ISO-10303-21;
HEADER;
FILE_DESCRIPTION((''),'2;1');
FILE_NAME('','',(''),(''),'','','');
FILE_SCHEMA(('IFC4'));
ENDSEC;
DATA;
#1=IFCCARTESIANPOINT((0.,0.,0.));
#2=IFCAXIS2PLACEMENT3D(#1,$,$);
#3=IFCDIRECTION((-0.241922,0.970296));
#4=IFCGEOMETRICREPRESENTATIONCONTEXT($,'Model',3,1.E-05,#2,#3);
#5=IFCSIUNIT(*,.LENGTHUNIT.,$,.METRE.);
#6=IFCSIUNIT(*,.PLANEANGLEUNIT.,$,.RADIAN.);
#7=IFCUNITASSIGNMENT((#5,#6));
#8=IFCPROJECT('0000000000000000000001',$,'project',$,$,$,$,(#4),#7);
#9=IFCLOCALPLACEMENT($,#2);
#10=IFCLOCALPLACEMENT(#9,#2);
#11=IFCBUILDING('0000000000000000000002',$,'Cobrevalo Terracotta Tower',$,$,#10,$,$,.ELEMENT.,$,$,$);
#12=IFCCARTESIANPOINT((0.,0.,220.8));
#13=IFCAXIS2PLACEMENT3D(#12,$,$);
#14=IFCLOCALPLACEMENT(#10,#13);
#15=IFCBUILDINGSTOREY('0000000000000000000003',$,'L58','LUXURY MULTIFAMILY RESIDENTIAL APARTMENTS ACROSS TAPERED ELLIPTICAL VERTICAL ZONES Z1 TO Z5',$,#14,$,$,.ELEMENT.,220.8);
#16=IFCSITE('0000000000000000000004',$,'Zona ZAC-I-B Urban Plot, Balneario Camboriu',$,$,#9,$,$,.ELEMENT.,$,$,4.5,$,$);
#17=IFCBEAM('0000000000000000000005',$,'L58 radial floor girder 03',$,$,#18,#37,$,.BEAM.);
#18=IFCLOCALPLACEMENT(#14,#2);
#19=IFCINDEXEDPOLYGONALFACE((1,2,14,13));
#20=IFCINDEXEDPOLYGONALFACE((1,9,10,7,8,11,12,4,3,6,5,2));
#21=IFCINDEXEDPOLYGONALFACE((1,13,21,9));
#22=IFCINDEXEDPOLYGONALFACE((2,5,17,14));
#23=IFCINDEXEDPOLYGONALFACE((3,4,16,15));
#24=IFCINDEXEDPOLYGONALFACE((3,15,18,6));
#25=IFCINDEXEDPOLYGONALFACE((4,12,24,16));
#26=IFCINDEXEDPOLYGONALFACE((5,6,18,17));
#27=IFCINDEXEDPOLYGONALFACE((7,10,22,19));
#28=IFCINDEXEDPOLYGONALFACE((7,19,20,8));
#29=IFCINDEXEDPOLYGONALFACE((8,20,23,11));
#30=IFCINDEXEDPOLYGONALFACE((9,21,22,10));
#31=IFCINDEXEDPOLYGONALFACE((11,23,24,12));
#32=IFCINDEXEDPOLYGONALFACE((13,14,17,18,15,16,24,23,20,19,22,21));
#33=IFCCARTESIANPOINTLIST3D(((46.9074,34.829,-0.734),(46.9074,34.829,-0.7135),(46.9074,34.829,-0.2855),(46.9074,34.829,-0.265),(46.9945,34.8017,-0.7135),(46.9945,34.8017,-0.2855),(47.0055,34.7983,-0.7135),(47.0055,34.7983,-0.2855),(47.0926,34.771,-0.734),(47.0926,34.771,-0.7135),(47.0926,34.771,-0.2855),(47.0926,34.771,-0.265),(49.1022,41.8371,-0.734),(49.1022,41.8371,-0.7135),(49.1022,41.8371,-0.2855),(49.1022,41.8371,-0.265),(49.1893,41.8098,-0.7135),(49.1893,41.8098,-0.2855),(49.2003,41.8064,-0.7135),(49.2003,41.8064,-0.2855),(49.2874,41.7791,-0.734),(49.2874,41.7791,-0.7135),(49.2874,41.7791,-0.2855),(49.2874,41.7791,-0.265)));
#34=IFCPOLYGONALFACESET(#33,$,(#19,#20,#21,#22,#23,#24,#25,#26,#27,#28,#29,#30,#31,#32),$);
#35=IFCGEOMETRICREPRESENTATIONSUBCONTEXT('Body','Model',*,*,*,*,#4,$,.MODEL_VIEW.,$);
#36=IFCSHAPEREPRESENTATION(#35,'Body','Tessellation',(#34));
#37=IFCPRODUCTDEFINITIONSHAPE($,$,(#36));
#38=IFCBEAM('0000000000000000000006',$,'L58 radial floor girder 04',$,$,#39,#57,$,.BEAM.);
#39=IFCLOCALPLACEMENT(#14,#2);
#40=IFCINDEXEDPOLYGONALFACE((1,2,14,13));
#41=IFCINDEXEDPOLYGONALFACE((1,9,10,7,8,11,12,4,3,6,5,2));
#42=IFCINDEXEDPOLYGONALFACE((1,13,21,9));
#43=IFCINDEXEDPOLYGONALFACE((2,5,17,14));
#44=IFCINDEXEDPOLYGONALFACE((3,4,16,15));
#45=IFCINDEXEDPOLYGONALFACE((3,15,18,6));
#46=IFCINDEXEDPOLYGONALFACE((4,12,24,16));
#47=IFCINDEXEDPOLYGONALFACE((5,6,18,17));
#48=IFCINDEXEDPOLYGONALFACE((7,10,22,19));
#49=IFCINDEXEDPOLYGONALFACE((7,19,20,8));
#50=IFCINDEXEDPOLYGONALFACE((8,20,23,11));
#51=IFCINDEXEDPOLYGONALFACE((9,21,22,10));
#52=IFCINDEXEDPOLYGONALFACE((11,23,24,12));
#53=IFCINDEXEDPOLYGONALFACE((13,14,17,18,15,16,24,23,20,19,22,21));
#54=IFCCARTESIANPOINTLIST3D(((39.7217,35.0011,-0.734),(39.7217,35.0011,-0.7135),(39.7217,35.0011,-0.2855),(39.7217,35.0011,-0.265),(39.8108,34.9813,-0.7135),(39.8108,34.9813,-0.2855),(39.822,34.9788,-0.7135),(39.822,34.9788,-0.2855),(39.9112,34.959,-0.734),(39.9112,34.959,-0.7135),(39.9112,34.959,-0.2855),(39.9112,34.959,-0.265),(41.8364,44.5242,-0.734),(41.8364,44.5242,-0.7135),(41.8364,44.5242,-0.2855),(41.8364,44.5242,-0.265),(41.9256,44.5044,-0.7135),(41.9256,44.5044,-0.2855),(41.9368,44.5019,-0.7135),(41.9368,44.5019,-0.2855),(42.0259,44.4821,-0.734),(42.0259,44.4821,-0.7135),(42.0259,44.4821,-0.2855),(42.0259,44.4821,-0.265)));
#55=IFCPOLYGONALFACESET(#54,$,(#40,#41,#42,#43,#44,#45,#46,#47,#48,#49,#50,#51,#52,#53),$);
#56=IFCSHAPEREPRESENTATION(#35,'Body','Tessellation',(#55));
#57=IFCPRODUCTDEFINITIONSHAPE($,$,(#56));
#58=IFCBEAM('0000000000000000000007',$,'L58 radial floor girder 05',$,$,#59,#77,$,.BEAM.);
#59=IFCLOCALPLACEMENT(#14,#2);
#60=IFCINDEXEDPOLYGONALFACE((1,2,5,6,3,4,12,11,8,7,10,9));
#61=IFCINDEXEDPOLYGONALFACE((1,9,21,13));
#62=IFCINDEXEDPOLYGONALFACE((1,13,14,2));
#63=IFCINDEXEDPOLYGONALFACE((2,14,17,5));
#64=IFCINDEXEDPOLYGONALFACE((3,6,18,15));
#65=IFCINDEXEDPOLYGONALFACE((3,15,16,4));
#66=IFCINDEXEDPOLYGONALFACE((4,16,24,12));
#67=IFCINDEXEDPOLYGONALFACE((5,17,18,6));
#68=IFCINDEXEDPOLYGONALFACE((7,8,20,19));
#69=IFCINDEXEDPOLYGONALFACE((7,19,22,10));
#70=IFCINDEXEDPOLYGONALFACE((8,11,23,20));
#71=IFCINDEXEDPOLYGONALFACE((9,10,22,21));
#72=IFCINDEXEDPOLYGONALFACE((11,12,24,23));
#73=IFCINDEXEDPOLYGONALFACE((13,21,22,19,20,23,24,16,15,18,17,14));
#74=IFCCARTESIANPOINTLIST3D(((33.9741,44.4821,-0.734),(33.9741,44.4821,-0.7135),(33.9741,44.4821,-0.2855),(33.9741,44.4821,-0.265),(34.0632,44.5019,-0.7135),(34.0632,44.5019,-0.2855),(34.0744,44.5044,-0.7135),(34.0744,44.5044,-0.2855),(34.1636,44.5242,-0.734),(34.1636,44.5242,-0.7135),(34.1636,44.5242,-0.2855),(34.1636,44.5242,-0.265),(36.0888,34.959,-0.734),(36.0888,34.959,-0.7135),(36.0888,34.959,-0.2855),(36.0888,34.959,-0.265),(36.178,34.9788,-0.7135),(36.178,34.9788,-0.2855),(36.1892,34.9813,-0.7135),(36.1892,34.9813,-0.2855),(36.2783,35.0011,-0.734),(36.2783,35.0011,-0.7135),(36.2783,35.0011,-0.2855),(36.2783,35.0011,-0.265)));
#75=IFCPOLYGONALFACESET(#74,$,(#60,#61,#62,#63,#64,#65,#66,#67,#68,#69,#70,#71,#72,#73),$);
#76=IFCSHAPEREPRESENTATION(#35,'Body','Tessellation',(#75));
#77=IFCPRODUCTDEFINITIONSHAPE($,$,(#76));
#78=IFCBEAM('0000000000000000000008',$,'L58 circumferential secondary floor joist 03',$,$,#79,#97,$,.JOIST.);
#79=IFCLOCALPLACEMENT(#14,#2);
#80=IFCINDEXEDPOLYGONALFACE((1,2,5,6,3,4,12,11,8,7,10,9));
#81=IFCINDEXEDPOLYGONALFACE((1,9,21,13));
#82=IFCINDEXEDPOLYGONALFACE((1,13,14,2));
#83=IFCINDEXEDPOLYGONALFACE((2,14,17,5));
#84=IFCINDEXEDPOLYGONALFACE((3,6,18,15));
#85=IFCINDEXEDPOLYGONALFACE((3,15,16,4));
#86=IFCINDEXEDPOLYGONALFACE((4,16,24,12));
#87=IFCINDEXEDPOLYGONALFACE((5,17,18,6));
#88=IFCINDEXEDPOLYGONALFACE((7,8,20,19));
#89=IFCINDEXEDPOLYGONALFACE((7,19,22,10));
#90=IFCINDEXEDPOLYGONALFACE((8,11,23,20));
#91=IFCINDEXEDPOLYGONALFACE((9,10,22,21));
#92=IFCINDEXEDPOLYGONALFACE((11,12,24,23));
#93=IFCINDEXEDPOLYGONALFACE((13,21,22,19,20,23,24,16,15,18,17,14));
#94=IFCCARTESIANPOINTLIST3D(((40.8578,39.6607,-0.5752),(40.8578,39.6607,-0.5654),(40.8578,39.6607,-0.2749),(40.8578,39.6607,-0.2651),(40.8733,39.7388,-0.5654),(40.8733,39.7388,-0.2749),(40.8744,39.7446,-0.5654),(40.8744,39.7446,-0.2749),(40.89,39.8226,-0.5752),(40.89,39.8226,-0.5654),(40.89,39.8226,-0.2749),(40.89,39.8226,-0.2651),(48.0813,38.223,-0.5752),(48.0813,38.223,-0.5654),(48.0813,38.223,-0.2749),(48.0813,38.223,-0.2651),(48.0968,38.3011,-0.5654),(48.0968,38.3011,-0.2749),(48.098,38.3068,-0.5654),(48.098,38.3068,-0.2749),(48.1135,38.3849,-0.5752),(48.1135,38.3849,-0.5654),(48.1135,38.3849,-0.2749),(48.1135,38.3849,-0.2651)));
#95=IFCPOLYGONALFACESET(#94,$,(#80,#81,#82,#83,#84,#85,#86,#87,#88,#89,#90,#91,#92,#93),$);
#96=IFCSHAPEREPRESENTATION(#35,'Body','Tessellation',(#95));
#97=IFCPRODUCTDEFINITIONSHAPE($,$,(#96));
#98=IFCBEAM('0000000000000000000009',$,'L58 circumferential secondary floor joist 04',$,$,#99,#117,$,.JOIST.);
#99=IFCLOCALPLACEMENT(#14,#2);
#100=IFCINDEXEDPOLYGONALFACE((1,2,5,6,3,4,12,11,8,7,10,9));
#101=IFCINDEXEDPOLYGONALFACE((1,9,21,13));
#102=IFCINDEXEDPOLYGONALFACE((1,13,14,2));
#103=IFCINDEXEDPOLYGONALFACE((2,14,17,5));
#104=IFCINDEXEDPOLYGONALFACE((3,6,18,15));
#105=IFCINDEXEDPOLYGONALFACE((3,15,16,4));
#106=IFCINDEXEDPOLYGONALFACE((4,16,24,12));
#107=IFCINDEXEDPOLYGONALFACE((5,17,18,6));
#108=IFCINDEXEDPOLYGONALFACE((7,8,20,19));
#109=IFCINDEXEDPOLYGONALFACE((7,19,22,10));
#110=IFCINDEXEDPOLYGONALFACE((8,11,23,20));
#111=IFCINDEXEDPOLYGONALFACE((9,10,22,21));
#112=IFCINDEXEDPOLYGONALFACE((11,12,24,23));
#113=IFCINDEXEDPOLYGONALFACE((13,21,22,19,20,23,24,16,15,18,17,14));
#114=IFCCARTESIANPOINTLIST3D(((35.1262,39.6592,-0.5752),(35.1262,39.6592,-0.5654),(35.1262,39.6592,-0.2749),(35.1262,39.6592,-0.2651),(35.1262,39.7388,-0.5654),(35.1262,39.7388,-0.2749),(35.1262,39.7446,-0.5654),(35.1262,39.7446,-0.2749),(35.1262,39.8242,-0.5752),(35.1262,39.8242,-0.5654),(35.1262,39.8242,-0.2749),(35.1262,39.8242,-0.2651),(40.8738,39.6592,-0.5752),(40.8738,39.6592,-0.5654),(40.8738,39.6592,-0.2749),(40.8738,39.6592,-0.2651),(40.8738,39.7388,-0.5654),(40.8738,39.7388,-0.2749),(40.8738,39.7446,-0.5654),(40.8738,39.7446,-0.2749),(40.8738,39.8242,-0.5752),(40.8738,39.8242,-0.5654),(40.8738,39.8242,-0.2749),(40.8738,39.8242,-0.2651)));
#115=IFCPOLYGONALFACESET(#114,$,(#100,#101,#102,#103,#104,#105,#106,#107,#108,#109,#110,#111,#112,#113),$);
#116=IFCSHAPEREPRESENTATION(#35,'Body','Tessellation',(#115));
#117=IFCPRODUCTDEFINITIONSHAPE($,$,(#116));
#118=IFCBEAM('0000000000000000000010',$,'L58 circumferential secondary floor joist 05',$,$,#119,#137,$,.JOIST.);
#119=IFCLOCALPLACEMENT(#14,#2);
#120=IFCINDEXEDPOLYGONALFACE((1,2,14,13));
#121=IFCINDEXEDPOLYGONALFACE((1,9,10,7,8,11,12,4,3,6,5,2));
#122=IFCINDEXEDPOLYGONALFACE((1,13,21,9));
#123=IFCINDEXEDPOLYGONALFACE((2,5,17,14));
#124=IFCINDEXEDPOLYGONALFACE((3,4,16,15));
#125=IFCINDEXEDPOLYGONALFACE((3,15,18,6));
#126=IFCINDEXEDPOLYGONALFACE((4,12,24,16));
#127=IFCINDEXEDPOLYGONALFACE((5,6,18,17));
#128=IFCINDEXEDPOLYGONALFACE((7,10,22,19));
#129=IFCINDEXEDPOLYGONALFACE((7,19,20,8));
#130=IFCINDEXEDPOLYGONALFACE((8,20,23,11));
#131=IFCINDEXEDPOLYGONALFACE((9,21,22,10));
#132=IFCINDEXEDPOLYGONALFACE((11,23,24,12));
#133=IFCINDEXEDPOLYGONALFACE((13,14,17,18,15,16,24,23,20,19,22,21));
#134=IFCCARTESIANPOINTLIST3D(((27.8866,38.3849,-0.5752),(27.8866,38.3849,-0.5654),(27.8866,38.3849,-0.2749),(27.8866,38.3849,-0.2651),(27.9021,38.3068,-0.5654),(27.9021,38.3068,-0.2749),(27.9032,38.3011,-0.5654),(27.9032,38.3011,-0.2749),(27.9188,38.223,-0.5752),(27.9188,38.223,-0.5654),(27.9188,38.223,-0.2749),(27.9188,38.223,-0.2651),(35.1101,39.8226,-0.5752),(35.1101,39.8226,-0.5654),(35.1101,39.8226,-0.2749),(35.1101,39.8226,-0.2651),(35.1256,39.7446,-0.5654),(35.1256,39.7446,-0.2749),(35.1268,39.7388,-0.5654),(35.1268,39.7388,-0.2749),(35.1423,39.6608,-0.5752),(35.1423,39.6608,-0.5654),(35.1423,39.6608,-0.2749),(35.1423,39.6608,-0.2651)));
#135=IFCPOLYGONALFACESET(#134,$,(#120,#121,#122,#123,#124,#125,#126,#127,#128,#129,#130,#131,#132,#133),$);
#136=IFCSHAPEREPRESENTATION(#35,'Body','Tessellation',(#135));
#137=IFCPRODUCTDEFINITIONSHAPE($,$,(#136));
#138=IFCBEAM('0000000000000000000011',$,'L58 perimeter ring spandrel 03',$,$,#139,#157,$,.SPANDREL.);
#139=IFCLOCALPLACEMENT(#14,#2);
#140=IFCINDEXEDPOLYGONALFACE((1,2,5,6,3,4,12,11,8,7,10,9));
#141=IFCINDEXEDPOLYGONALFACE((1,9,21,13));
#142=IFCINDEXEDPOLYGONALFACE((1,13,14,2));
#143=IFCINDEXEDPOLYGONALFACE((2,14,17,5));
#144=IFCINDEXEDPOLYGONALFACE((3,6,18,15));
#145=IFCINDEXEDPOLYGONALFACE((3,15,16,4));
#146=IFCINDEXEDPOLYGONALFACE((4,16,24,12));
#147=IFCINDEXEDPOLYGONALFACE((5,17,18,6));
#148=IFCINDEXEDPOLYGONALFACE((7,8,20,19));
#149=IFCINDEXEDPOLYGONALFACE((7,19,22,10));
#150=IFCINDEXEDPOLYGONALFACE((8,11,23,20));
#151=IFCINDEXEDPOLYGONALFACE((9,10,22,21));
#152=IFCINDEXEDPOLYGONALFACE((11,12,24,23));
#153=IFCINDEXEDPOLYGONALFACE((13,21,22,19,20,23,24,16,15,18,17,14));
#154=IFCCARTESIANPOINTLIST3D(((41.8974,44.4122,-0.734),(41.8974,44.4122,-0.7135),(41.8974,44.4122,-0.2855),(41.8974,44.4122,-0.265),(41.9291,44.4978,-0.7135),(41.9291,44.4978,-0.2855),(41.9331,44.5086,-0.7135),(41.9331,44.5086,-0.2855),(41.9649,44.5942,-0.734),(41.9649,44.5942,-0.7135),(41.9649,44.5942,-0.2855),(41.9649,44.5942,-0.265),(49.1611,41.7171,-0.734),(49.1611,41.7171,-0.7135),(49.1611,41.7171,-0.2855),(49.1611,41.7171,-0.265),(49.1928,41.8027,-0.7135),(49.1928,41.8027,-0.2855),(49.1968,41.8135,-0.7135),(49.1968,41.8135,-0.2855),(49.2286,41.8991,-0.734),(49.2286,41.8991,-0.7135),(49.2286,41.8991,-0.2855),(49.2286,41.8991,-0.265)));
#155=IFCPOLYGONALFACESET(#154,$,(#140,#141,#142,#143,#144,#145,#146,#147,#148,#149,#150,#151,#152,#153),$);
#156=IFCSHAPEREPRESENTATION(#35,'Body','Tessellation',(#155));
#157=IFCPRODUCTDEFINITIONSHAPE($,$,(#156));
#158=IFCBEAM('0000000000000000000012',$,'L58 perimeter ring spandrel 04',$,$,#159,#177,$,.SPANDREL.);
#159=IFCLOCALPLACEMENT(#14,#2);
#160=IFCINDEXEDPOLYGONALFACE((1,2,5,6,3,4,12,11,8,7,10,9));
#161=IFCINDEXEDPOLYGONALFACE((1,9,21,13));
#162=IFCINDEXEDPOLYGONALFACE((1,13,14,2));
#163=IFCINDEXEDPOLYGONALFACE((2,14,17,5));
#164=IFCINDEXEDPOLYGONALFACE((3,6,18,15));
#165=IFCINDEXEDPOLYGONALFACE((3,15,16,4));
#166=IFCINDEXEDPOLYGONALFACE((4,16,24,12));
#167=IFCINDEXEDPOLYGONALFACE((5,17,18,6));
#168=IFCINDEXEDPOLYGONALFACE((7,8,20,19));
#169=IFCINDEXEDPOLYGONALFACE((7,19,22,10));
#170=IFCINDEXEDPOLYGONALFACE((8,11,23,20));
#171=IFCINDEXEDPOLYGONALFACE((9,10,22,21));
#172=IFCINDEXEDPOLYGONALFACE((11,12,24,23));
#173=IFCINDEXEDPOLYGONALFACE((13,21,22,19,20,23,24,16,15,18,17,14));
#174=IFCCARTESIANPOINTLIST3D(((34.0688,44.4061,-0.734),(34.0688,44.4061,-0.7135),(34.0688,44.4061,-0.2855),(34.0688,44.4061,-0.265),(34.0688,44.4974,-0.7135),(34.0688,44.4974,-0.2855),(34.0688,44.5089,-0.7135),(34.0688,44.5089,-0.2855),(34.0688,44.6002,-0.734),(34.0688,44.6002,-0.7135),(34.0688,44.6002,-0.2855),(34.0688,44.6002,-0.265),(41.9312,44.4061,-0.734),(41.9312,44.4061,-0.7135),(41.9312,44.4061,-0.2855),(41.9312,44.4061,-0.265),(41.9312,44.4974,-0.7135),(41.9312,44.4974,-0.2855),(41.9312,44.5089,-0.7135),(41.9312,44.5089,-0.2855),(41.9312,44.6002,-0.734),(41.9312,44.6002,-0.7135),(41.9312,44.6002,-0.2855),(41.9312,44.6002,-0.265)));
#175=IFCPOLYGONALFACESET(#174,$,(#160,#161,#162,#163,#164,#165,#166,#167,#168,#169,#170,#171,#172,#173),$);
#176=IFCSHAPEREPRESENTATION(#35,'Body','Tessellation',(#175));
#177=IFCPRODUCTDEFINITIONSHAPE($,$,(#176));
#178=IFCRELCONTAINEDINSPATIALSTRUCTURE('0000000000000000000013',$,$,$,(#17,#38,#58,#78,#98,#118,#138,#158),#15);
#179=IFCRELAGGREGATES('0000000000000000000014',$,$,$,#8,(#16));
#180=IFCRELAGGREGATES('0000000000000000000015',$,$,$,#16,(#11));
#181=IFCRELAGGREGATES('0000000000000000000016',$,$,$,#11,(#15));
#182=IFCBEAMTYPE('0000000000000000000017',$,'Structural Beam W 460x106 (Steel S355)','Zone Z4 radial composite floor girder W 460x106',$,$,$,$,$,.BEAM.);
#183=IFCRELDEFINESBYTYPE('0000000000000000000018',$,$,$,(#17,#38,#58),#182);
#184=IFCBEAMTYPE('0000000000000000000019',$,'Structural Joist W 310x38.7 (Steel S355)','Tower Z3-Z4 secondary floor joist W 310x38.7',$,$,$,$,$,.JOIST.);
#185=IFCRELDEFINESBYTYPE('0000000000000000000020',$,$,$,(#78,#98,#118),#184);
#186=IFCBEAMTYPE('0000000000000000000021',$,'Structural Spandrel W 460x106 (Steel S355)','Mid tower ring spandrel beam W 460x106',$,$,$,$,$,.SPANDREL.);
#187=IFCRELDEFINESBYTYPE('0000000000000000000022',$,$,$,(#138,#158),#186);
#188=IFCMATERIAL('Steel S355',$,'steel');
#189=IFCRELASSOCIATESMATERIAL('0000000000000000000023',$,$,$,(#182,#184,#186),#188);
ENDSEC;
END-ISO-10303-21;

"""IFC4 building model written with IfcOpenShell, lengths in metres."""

from ifc_helpers import new_model, si_unit, direction, frame, origin, origin_2d, place, context, subcontext, project, spatial, i_section, extrude, material, material_profile, profile_set, type_object, element, save


model = new_model("IFC4")

# Units and contexts
model_context = context("Model", 3, precision=1e-05, world=origin(), true_north=direction((-0.241922, 0.970296)))
body_context = subcontext(model_context, "Body", "Model", "MODEL_VIEW")
ifc_project = project(units=[si_unit("LENGTHUNIT", "METRE"), si_unit("PLANEANGLEUNIT", "RADIAN")], contexts=[model_context])

# Site, building, storey
site_placement = place(None, origin())
site = spatial("IfcSite", under=ifc_project, at=site_placement, Name="Zona ZAC-I-B Urban Plot, Balneario Camboriu", CompositionType="ELEMENT", RefElevation=4.5)
building_placement = place(site_placement, origin())
building = spatial("IfcBuilding", under=site, at=building_placement, Name="Cobrevalo Terracotta Tower", CompositionType="ELEMENT")
storey_placement = place(building_placement, frame((0.0, 0.0, 220.8)))
storey = spatial("IfcBuildingStorey", under=building, at=storey_placement, Name="L58", Description="LUXURY MULTIFAMILY RESIDENTIAL APARTMENTS ACROSS TAPERED ELLIPTICAL VERTICAL ZONES Z1 TO Z5", CompositionType="ELEMENT", Elevation=220.8)

# Shared definitions
ifc_material_1 = material(Name="Steel S355", Category="steel")

# Beams
ifc_material_profile_1 = material_profile(ifc_material_1, i_section(OverallWidth=0.1941, OverallDepth=0.469, WebThickness=0.0115, FlangeThickness=0.0205, at=origin_2d()), Name="W 460x106")
ifc_profile_set_1 = profile_set([ifc_material_profile_1], Name="Steel S355")
beam_type_1 = type_object("IfcBeamType", Name="Structural Beam W 460x106 (Steel S355)", Description="Zone Z4 radial composite floor girder W 460x106", PredefinedType="BEAM", material=ifc_profile_set_1)
beam_1_placement = place(storey_placement, frame((49.1948, 41.8081, -0.4995), z_axis=(-0.298871, -0.954293, 0.0), x_axis=(0.954293, -0.298871, 0.0)))
element("IfcBeam", 1, at=beam_1_placement, inside=storey, type_object=beam_type_1, Name="L58 radial floor girder 03", PredefinedType="BEAM", context=body_context, shape_type="SweptSolid", body=[
    extrude(i_section(OverallWidth=0.1941, OverallDepth=0.469, WebThickness=0.0115, FlangeThickness=0.0205, at=origin_2d()), origin(), (0.0, 0.0, 1.0), 7.3438),
])
for number, where, z_axis, x_axis, name in (
    (2, (41.9312, 44.5032, -0.4995), (-0.216782, -0.97622, 0.0), (0.97622, -0.216782, 0.0), "L58 radial floor girder 04"),
    (3, (34.0688, 44.5032, -0.4995), (0.216782, -0.97622, 0.0), (0.97622, 0.216782, 0.0), "L58 radial floor girder 05"),
):
    element("IfcBeam", number, at=place(storey_placement, frame(where, z_axis=z_axis, x_axis=x_axis)), inside=storey, type_object=beam_type_1, Name=name, PredefinedType="BEAM", context=body_context, shape_type="SweptSolid", body=[
        extrude(i_section(OverallWidth=0.1941, OverallDepth=0.469, WebThickness=0.0115, FlangeThickness=0.0205, at=origin_2d()), origin(), (0.0, 0.0, 1.0), 9.7551),
    ])
ifc_material_profile_2 = material_profile(ifc_material_1, i_section(OverallWidth=0.165, OverallDepth=0.3101, WebThickness=0.0059, FlangeThickness=0.0098, at=origin_2d()), Name="W 310x38.7")
ifc_profile_set_2 = profile_set([ifc_material_profile_2], Name="Steel S355")
beam_type_2 = type_object("IfcBeamType", Name="Structural Joist W 310x38.7 (Steel S355)", Description="Tower Z3-Z4 secondary floor joist W 310x38.7", PredefinedType="JOIST", material=ifc_profile_set_2)
beam_2_placement = place(storey_placement, frame((48.0974, 38.304, -0.4202), z_axis=(-0.980763, 0.195204, 0.0), x_axis=(-0.195204, -0.980763, 0.0)))
element("IfcBeam", 4, at=beam_2_placement, inside=storey, type_object=beam_type_2, Name="L58 circumferential secondary floor joist 03", PredefinedType="JOIST", context=body_context, shape_type="SweptSolid", body=[
    extrude(i_section(OverallWidth=0.165, OverallDepth=0.3101, WebThickness=0.0059, FlangeThickness=0.0098, at=origin_2d()), origin(), (0.0, 0.0, 1.0), 7.3652),
])
beam_3_placement = place(storey_placement, frame((40.8738, 39.7417, -0.4202), z_axis=(-1.0, 0.0, 0.0), x_axis=(0.0, -1.0, 0.0)))
element("IfcBeam", 5, at=beam_3_placement, inside=storey, type_object=beam_type_2, Name="L58 circumferential secondary floor joist 04", PredefinedType="JOIST", context=body_context, shape_type="SweptSolid", body=[
    extrude(i_section(OverallWidth=0.165, OverallDepth=0.3101, WebThickness=0.0059, FlangeThickness=0.0098, at=origin_2d()), origin(), (0.0, 0.0, 1.0), 5.7476),
])
beam_4_placement = place(storey_placement, frame((35.1262, 39.7417, -0.4202), z_axis=(-0.980763, -0.195204, 0.0), x_axis=(0.195204, -0.980763, 0.0)))
element("IfcBeam", 6, at=beam_4_placement, inside=storey, type_object=beam_type_2, Name="L58 circumferential secondary floor joist 05", PredefinedType="JOIST", context=body_context, shape_type="SweptSolid", body=[
    extrude(i_section(OverallWidth=0.165, OverallDepth=0.3101, WebThickness=0.0059, FlangeThickness=0.0098, at=origin_2d()), origin(), (0.0, 0.0, 1.0), 7.3652),
])
ifc_material_profile_3 = material_profile(ifc_material_1, i_section(OverallWidth=0.1941, OverallDepth=0.469, WebThickness=0.0115, FlangeThickness=0.0205, at=origin_2d()), Name="W 460x106")
ifc_profile_set_3 = profile_set([ifc_material_profile_3], Name="Steel S355")
beam_type_3 = type_object("IfcBeamType", Name="Structural Spandrel W 460x106 (Steel S355)", Description="Mid tower ring spandrel beam W 460x106", PredefinedType="SPANDREL", material=ifc_profile_set_3)
beam_5_placement = place(storey_placement, frame((49.1948, 41.8081, -0.4995), z_axis=(-0.937546, 0.347861, 0.0), x_axis=(-0.347861, -0.937546, 0.0)))
element("IfcBeam", 7, at=beam_5_placement, inside=storey, type_object=beam_type_3, Name="L58 perimeter ring spandrel 03", PredefinedType="SPANDREL", context=body_context, shape_type="SweptSolid", body=[
    extrude(i_section(OverallWidth=0.1941, OverallDepth=0.469, WebThickness=0.0115, FlangeThickness=0.0205, at=origin_2d()), origin(), (0.0, 0.0, 1.0), 7.7476),
])
beam_6_placement = place(storey_placement, frame((41.9312, 44.5032, -0.4995), z_axis=(-1.0, 0.0, 0.0), x_axis=(0.0, -1.0, 0.0)))
element("IfcBeam", 8, at=beam_6_placement, inside=storey, type_object=beam_type_3, Name="L58 perimeter ring spandrel 04", PredefinedType="SPANDREL", context=body_context, shape_type="SweptSolid", body=[
    extrude(i_section(OverallWidth=0.1941, OverallDepth=0.469, WebThickness=0.0115, FlangeThickness=0.0205, at=origin_2d()), origin(), (0.0, 0.0, 1.0), 7.8623),
])

save(model, "model.ifc")
